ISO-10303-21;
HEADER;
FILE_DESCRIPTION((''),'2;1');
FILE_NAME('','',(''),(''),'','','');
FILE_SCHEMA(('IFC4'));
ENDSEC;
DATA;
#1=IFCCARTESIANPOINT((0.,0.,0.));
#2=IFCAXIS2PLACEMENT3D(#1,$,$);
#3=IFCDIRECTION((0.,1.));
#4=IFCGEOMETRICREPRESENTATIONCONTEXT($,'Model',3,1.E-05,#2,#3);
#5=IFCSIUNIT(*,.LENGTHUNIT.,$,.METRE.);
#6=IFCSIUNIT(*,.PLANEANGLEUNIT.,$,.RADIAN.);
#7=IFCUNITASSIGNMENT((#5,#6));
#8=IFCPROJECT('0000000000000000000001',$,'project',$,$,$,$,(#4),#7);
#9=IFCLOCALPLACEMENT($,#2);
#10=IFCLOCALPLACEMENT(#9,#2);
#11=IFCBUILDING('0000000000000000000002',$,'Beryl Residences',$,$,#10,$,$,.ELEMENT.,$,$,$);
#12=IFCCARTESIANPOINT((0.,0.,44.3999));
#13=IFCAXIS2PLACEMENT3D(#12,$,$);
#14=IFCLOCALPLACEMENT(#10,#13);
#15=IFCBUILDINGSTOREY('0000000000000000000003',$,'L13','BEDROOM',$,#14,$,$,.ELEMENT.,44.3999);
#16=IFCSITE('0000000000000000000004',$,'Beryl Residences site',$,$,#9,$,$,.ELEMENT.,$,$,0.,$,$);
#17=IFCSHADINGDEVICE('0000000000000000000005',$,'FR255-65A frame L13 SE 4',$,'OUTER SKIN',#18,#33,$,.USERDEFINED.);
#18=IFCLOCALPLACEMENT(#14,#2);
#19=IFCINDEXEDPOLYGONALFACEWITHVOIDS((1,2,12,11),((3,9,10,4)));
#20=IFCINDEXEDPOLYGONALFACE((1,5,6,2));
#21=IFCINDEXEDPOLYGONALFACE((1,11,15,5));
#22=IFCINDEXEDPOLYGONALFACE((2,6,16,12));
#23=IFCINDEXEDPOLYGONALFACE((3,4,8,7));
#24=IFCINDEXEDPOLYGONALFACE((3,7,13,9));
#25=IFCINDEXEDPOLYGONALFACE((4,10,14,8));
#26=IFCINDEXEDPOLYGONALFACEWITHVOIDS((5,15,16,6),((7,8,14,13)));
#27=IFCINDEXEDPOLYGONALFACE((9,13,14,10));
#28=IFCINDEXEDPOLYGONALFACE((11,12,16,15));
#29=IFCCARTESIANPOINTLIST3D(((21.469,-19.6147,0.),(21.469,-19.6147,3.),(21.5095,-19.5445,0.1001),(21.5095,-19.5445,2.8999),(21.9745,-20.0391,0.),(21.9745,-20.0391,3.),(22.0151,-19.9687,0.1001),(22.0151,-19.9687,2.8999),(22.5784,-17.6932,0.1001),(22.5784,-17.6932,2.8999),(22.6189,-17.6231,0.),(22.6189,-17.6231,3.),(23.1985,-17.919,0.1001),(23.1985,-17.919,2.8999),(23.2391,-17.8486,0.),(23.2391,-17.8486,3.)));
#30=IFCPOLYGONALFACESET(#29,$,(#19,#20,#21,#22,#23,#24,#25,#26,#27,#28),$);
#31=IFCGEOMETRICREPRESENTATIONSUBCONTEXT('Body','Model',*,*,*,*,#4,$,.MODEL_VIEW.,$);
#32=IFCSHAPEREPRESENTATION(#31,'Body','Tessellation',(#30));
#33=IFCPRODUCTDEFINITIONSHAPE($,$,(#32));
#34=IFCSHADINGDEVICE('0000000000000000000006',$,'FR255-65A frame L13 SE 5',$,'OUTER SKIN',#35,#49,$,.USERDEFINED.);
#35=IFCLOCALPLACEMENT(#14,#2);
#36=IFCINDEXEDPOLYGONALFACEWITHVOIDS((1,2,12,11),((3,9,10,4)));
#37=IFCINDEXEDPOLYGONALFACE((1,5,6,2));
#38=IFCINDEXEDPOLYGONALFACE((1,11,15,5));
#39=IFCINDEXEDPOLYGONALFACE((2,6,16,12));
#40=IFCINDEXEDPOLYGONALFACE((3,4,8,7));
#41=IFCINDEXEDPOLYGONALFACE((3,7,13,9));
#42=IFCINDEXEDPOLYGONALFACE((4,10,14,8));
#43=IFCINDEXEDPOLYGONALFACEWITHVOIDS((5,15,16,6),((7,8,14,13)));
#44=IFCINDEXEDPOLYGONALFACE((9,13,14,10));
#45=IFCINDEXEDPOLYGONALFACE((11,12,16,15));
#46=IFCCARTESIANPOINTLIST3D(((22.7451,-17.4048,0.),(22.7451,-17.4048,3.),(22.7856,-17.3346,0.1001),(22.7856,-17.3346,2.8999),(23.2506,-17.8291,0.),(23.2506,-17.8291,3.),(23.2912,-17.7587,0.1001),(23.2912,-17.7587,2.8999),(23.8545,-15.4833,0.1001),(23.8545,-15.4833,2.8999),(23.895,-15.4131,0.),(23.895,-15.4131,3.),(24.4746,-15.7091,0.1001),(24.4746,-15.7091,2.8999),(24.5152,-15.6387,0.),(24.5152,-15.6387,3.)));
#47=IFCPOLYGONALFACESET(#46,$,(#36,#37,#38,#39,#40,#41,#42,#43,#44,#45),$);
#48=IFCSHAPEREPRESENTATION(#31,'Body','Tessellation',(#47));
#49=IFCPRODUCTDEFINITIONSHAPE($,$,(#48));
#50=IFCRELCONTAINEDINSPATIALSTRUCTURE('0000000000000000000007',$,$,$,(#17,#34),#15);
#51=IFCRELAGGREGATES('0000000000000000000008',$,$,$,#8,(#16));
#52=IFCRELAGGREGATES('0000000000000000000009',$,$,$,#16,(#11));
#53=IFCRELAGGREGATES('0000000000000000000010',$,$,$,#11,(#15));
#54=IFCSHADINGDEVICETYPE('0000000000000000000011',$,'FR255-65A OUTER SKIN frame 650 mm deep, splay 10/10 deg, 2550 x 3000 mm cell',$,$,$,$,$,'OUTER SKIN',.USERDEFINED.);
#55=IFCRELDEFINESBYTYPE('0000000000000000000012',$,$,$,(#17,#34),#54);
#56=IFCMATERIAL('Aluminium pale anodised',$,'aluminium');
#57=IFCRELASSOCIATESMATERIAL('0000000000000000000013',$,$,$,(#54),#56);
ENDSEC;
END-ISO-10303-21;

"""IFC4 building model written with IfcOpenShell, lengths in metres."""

from ifc_helpers import new_model, entity, si_unit, direction, frame, origin, place, context, subcontext, project, spatial, source, transform, mapped, material, type_object, type_shapes, element, save


model = new_model("IFC4")

# Units and contexts
model_context = context("Model", 3, precision=1e-05, world=origin(), true_north=direction((0.0, 1.0)))
body_context = subcontext(model_context, "Body", "Model", "MODEL_VIEW")
ifc_project = project(units=[si_unit("LENGTHUNIT", "METRE"), si_unit("PLANEANGLEUNIT", "RADIAN")], contexts=[model_context])

# Site, building, storey
site_placement = place(None, origin())
site = spatial("IfcSite", under=ifc_project, at=site_placement, Name="Beryl Residences site", CompositionType="ELEMENT", RefElevation=0.0)
building_placement = place(site_placement, origin())
building = spatial("IfcBuilding", under=site, at=building_placement, Name="Beryl Residences", CompositionType="ELEMENT")
storey_placement = place(building_placement, frame((0.0, 0.0, 44.3999)))
storey = spatial("IfcBuildingStorey", under=building, at=storey_placement, Name="L13", Description="BEDROOM", CompositionType="ELEMENT", Elevation=44.3999)

# Shading devices
ifc_material_1 = material(Name="Aluminium pale anodised", Category="aluminium")
shading_device_type = type_object("IfcShadingDeviceType", Name="FR255-65A OUTER SKIN frame 650 mm deep, splay 10/10 deg, 2550 x 3000 mm cell", ElementType="OUTER SKIN", PredefinedType="USERDEFINED", material=ifc_material_1)
cartesian_point_1 = entity("IfcCartesianPoint", [-1.1499, 0.0])
cartesian_point_2 = entity("IfcCartesianPoint", [-1.0688, 0.1001])
cartesian_point_3 = entity("IfcCartesianPoint", [-1.2646, 0.0])
cartesian_point_4 = entity("IfcCartesianPoint", [-1.1833, 0.1001])
shared_shape = source(origin(), body_context, "Body", "SweptSolid", [
    entity("IfcExtrudedAreaSolidTapered", entity("IfcArbitraryProfileDefWithVoids", "AREA", None, entity("IfcPolyline", [cartesian_point_1, entity("IfcCartesianPoint", [1.1499, 0.0]), entity("IfcCartesianPoint", [1.1499, 3.0]), entity("IfcCartesianPoint", [-1.1499, 3.0]), cartesian_point_1]), [entity("IfcPolyline", [cartesian_point_2, entity("IfcCartesianPoint", [1.0688, 0.1001]), entity("IfcCartesianPoint", [1.0688, 2.8999]), entity("IfcCartesianPoint", [-1.0688, 2.8999]), cartesian_point_2])]), entity("IfcAxis2Placement3D", entity("IfcCartesianPoint", [0.0, 0.0, 0.0]), entity("IfcDirection", [0.0, 1.0, 0.0]), entity("IfcDirection", [-1.0, 0.0, 0.0])), entity("IfcDirection", [0.0, 0.0, 1.0]), 0.6499, entity("IfcArbitraryProfileDefWithVoids", "AREA", None, entity("IfcPolyline", [cartesian_point_3, entity("IfcCartesianPoint", [1.2646, 0.0]), entity("IfcCartesianPoint", [1.2646, 3.0]), entity("IfcCartesianPoint", [-1.2646, 3.0]), cartesian_point_3]), [entity("IfcPolyline", [cartesian_point_4, entity("IfcCartesianPoint", [1.1833, 0.1001]), entity("IfcCartesianPoint", [1.1833, 2.8999]), entity("IfcCartesianPoint", [-1.1833, 2.8999]), cartesian_point_4])])),
])
type_shapes(shading_device_type, [shared_shape])
for number, where, z_axis, x_axis, name in (
    (1, (22.0439, -18.6189, 0.0), (0.0, 0.0, 1.0), (-0.5, -0.866025, 0.0), "FR255-65A frame L13 SE 4"),
    (2, (23.3201, -16.4089, 0.0), (0.0, 0.0, 1.0), (-0.5, -0.866025, 0.0), "FR255-65A frame L13 SE 5"),
):
    element("IfcShadingDevice", number, at=place(storey_placement, frame(where, z_axis=z_axis, x_axis=x_axis)), inside=storey, type_object=shading_device_type, Name=name, ObjectType="OUTER SKIN", PredefinedType="USERDEFINED", context=body_context, shape_type="MappedRepresentation", body=[
        mapped(shared_shape, transform((0.0, 0.0, 0.0))),
    ])

save(model, "model.ifc")
